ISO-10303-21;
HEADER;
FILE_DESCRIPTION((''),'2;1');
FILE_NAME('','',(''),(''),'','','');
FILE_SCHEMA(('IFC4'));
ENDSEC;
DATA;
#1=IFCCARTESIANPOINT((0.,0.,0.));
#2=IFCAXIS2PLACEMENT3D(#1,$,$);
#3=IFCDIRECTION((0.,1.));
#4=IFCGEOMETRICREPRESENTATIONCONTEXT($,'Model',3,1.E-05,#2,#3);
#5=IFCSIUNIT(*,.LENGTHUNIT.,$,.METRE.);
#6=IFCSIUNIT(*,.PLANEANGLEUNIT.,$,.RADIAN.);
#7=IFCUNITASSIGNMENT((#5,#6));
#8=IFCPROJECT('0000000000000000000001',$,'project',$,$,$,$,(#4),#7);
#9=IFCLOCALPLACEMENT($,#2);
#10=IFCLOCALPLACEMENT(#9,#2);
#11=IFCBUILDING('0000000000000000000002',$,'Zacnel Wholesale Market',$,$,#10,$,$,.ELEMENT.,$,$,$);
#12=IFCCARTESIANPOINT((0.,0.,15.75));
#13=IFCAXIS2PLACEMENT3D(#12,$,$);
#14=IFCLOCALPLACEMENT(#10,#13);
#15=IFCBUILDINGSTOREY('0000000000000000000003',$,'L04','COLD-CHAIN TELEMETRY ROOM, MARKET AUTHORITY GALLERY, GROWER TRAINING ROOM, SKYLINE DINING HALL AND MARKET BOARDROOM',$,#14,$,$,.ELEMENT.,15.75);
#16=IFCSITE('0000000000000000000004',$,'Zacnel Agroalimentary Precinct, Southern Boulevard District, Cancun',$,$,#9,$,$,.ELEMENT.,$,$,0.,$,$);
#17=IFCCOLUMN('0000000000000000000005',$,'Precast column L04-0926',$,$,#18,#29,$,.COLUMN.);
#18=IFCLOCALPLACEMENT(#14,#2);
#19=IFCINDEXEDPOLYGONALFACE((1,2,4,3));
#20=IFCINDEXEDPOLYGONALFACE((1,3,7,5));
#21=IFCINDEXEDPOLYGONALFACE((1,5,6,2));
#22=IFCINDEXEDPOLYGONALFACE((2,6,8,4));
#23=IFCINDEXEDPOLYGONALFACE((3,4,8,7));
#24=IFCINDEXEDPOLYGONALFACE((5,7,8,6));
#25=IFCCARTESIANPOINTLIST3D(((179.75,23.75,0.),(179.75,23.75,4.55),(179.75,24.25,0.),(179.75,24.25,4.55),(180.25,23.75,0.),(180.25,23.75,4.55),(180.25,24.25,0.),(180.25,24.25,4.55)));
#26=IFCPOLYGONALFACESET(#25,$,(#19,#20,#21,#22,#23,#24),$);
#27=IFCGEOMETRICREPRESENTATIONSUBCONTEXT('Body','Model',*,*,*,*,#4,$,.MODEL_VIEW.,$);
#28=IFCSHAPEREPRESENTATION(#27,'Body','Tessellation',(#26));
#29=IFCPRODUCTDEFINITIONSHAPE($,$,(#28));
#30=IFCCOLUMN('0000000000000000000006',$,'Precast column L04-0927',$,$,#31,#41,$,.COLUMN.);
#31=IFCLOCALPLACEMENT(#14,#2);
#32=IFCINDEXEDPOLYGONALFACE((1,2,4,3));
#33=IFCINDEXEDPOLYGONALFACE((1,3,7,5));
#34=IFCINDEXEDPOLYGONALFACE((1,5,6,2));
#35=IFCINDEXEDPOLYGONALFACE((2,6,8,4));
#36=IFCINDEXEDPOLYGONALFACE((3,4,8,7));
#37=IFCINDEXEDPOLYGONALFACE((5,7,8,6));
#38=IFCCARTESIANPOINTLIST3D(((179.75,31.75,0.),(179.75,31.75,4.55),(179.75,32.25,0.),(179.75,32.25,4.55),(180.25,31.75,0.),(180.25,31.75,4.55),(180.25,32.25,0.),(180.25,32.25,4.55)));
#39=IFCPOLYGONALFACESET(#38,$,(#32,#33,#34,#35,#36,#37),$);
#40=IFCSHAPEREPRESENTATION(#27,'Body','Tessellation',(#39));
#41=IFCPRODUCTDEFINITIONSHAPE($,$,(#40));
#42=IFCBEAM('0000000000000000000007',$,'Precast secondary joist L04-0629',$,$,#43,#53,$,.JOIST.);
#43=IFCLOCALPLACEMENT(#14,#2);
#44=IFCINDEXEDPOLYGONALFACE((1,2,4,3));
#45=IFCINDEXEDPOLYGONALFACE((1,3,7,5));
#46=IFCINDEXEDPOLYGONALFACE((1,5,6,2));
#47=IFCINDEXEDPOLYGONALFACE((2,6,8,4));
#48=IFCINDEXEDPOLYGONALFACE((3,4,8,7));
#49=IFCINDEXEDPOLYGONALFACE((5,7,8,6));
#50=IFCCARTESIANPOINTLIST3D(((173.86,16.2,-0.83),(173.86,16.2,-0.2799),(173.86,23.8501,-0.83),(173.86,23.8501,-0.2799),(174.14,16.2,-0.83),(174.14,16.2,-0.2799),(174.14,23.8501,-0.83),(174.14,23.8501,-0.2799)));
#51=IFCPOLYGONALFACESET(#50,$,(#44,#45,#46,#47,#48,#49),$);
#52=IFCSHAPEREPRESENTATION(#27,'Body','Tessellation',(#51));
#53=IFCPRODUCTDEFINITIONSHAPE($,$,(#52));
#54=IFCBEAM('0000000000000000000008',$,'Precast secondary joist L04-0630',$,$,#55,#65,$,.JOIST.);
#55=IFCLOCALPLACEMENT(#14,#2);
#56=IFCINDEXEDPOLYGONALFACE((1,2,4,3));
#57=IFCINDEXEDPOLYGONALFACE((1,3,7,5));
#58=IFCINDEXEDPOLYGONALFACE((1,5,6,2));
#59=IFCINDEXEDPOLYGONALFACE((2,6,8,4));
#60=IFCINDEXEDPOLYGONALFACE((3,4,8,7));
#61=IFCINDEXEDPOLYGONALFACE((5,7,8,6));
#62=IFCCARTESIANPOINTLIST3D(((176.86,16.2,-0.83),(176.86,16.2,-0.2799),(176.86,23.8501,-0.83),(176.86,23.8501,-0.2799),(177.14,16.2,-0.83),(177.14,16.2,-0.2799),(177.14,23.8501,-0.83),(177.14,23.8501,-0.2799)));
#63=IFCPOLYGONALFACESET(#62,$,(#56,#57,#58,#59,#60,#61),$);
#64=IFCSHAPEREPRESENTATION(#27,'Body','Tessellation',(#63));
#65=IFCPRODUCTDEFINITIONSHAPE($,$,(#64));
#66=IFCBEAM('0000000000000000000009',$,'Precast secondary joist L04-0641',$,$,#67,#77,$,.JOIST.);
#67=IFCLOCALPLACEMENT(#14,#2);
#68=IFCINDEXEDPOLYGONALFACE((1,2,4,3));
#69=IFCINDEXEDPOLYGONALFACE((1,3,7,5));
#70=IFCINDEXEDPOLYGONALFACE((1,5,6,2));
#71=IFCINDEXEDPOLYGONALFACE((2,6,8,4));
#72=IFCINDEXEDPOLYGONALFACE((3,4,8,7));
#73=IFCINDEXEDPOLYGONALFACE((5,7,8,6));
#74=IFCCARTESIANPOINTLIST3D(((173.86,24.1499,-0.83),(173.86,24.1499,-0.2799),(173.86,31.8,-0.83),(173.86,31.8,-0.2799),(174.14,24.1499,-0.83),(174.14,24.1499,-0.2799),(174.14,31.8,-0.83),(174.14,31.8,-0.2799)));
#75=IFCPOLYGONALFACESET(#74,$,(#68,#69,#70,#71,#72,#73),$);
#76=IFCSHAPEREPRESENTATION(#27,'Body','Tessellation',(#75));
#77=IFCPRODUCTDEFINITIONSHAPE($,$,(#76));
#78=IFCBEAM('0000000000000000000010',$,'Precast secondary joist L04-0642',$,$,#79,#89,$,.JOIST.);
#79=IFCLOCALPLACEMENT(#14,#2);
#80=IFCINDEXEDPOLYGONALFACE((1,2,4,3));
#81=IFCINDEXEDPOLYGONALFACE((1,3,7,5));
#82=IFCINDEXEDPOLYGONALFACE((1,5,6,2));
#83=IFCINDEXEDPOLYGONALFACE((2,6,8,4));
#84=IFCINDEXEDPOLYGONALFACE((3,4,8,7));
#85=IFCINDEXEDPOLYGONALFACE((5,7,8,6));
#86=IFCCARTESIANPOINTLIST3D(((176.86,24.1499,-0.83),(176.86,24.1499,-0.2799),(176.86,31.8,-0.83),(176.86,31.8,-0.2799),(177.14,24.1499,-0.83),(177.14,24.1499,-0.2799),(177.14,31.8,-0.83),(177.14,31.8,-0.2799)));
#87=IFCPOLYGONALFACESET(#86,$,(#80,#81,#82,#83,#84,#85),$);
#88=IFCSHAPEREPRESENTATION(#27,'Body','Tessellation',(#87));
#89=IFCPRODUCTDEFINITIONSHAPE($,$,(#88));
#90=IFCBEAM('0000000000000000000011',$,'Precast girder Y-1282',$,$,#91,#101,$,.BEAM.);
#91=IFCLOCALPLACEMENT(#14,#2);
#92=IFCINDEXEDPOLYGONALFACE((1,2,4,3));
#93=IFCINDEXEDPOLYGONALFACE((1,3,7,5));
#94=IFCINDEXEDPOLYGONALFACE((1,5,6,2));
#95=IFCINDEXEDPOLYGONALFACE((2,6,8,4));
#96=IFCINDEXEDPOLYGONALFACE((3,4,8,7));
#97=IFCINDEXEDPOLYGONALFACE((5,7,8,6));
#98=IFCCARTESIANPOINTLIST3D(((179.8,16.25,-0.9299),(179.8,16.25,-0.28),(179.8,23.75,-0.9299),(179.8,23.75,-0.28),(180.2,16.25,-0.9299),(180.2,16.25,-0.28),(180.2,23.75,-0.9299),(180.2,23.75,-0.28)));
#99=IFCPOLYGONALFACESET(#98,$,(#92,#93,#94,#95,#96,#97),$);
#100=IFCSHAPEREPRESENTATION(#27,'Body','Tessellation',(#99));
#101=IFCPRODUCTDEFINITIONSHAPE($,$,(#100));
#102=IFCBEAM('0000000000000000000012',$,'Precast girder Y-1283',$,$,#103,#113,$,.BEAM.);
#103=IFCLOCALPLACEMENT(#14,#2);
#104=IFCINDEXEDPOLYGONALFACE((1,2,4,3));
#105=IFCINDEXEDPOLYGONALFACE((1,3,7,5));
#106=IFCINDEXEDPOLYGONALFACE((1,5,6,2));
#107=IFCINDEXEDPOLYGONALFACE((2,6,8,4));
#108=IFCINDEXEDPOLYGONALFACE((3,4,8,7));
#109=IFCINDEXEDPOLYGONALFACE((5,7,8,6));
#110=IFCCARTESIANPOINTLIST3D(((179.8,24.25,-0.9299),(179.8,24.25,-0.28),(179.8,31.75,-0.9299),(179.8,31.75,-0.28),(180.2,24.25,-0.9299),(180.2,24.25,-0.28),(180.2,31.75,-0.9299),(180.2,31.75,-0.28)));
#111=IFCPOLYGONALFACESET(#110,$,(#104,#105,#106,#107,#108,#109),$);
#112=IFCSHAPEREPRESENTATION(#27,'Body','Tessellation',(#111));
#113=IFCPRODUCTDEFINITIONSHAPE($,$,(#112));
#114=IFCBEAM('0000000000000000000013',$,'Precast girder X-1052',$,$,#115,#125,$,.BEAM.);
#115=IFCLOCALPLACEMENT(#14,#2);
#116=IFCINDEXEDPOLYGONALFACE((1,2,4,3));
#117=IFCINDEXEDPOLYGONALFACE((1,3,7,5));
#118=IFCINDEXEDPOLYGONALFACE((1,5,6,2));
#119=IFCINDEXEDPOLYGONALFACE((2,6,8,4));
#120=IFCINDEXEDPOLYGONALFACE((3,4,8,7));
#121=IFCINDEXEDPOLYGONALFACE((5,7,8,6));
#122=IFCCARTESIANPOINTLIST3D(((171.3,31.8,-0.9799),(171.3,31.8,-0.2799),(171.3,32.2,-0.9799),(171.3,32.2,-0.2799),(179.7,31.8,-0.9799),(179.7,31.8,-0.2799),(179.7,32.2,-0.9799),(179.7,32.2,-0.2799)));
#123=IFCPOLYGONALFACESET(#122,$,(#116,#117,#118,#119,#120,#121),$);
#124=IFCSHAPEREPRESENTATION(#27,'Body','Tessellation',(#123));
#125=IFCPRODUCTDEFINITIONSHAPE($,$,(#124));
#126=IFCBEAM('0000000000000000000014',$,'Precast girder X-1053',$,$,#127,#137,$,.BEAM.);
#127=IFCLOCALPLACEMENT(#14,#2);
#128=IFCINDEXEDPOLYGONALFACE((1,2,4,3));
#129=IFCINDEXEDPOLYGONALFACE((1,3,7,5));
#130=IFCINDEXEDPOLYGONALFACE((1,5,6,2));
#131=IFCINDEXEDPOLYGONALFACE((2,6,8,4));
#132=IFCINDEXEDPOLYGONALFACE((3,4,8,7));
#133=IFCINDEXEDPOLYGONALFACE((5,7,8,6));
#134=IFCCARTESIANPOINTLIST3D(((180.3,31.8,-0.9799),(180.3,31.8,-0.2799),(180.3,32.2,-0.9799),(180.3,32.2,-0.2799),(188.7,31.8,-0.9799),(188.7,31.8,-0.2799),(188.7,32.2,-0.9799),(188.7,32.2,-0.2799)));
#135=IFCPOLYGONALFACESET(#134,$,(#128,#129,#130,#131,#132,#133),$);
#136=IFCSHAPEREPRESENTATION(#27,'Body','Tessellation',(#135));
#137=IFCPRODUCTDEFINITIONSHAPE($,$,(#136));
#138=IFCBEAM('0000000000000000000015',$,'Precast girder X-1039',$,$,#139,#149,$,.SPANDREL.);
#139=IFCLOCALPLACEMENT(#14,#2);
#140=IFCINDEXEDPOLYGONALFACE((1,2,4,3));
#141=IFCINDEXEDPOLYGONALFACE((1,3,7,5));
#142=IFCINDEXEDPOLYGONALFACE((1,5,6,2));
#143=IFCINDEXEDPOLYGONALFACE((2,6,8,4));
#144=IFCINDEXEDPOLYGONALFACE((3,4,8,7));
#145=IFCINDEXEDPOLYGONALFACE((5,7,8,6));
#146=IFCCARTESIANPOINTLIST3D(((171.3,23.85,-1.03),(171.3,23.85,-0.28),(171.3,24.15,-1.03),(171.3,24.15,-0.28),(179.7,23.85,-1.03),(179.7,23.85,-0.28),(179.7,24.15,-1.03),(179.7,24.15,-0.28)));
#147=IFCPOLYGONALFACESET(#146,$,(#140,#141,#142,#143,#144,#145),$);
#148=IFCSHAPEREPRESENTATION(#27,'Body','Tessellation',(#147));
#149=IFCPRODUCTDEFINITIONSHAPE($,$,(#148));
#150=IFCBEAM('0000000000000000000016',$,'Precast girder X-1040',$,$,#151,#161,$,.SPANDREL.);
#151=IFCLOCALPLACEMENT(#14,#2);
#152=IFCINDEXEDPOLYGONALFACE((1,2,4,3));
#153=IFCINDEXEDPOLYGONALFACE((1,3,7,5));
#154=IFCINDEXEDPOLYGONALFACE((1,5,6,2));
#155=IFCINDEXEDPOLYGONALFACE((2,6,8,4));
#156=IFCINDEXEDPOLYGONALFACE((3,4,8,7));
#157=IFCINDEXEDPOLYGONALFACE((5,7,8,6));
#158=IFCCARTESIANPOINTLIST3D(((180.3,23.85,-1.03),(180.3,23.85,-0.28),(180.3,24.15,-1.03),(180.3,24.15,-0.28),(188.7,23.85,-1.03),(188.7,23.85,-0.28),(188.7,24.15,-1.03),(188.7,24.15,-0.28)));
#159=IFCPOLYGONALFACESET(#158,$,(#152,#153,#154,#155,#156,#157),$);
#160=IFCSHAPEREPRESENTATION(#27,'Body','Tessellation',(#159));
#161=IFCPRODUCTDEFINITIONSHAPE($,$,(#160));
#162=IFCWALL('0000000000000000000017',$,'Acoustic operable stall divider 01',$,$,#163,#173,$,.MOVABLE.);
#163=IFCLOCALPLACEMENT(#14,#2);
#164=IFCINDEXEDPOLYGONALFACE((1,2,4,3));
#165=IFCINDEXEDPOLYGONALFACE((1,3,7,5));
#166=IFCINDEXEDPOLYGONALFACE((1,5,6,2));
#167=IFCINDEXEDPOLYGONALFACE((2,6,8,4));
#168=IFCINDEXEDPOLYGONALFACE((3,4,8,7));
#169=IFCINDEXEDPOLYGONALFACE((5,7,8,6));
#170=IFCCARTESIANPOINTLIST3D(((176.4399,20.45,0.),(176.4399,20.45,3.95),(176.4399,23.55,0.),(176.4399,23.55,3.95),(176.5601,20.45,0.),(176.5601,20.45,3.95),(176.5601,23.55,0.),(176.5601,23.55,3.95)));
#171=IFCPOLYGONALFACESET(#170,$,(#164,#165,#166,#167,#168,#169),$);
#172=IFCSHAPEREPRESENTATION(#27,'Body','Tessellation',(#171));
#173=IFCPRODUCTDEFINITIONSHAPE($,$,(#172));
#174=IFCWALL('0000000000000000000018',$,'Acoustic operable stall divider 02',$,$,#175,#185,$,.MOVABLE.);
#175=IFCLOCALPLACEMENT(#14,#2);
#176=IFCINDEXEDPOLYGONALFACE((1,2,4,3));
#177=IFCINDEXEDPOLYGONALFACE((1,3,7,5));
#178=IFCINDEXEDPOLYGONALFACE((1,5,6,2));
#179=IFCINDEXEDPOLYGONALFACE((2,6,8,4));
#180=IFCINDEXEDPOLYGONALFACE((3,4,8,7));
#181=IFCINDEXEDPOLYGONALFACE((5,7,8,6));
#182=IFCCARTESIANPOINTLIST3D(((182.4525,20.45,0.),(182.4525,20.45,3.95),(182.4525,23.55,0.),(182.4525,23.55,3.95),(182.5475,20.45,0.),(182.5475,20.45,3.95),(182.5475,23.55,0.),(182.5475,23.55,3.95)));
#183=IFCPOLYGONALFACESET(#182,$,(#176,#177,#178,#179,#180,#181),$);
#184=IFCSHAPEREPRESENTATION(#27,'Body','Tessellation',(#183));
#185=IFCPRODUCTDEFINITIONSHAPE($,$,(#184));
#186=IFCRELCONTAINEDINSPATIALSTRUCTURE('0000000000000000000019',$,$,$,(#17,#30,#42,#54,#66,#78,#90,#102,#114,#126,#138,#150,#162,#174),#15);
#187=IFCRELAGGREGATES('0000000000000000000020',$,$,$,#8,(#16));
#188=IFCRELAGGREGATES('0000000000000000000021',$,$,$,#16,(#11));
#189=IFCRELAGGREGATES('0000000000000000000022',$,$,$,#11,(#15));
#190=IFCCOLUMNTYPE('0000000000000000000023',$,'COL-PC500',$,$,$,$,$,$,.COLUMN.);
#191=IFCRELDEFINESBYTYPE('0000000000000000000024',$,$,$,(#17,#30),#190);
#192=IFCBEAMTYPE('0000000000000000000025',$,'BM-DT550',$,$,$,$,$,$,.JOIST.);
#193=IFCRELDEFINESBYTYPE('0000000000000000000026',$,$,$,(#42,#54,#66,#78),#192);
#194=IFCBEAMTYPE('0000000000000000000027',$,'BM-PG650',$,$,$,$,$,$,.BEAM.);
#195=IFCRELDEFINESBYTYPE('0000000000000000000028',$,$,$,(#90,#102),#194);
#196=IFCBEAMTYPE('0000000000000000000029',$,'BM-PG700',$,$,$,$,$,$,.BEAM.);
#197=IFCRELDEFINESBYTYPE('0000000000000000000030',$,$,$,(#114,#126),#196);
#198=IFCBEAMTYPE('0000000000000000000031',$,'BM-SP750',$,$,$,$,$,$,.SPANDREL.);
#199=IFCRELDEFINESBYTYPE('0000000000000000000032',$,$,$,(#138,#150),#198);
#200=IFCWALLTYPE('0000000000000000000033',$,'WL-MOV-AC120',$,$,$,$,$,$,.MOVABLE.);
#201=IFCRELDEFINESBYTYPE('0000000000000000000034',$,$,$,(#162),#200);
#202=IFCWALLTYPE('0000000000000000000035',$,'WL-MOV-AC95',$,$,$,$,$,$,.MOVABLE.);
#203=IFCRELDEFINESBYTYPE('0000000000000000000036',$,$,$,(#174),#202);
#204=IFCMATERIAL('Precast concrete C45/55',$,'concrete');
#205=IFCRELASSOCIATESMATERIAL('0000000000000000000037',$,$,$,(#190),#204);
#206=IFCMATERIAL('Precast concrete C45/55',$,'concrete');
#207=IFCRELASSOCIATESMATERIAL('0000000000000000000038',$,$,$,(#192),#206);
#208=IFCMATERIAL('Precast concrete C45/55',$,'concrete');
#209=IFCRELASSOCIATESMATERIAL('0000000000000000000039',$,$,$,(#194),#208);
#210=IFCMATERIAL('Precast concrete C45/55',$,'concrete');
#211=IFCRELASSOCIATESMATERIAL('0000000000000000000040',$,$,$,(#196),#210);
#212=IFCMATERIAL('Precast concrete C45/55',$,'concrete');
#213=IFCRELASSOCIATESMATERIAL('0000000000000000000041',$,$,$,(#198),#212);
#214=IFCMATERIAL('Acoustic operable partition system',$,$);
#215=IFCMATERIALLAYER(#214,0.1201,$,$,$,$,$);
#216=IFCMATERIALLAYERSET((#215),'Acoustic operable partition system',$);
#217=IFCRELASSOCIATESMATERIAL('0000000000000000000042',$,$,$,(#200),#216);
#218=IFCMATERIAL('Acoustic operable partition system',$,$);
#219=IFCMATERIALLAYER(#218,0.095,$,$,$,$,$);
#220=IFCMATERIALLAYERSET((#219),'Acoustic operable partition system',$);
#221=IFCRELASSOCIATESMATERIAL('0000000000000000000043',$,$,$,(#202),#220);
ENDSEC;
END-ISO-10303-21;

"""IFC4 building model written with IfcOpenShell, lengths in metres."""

from ifc_helpers import new_model, si_unit, direction, frame, frame_2d, origin, origin_2d, place, context, subcontext, project, spatial, rectangle, extrude, material, layer, layer_set, material_profile, profile_set, type_object, element, save


model = new_model("IFC4")

# Units and contexts
model_context = context("Model", 3, precision=1e-05, world=origin(), true_north=direction((0.0, 1.0)))
body_context = subcontext(model_context, "Body", "Model", "MODEL_VIEW")
ifc_project = project(units=[si_unit("LENGTHUNIT", "METRE"), si_unit("PLANEANGLEUNIT", "RADIAN")], contexts=[model_context])

# Site, building, storey
site_placement = place(None, origin())
site = spatial("IfcSite", under=ifc_project, at=site_placement, Name="Zacnel Agroalimentary Precinct, Southern Boulevard District, Cancun", CompositionType="ELEMENT", RefElevation=0.0)
building_placement = place(site_placement, origin())
building = spatial("IfcBuilding", under=site, at=building_placement, Name="Zacnel Wholesale Market", CompositionType="ELEMENT")
storey_placement = place(building_placement, frame((0.0, 0.0, 15.75)))
storey = spatial("IfcBuildingStorey", under=building, at=storey_placement, Name="L04", Description="COLD-CHAIN TELEMETRY ROOM, MARKET AUTHORITY GALLERY, GROWER TRAINING ROOM, SKYLINE DINING HALL AND MARKET BOARDROOM", CompositionType="ELEMENT", Elevation=15.75)

# Columns
ifc_material_1 = material(Name="Precast concrete C45/55", Category="concrete")
ifc_material_profile_1 = material_profile(ifc_material_1, rectangle(XDim=0.5, YDim=0.5, at=origin_2d()), Name="PC 500x500")
ifc_profile_set_1 = profile_set([ifc_material_profile_1], Name="Precast concrete C45/55")
column_type = type_object("IfcColumnType", Name="COL-PC500", PredefinedType="COLUMN", material=ifc_profile_set_1)
for number, where, z_axis, x_axis, name in (
    (1, (180.0, 24.0, 0.0), (0.0, 0.0, 1.0), (1.0, 0.0, 0.0), "Precast column L04-0926"),
    (2, (180.0, 32.0, 0.0), (0.0, 0.0, 1.0), (1.0, 0.0, 0.0), "Precast column L04-0927"),
):
    element("IfcColumn", number, at=place(storey_placement, frame(where, z_axis=z_axis, x_axis=x_axis)), inside=storey, type_object=column_type, Name=name, PredefinedType="COLUMN", context=body_context, shape_type="SweptSolid", body=[
        extrude(rectangle(XDim=0.5, YDim=0.5, at=origin_2d()), origin(), (0.0, 0.0, 1.0), 4.55),
    ])

# Beams
ifc_material_2 = material(Name="Precast concrete C45/55", Category="concrete")
ifc_material_profile_2 = material_profile(ifc_material_2, rectangle(XDim=0.28, YDim=0.55, at=origin_2d()), Name="DT RIB 280x550")
ifc_profile_set_2 = profile_set([ifc_material_profile_2], Name="Precast concrete C45/55")
beam_type_1 = type_object("IfcBeamType", Name="BM-DT550", PredefinedType="JOIST", material=ifc_profile_set_2)
for number, where, z_axis, x_axis, name in (
    (3, (174.0, 16.2, -0.5549), (0.0, 1.0, 0.0), (-1.0, 0.0, 0.0), "Precast secondary joist L04-0629"),
    (4, (177.0, 16.2, -0.5549), (0.0, 1.0, 0.0), (-1.0, 0.0, 0.0), "Precast secondary joist L04-0630"),
    (5, (174.0, 24.1499, -0.5549), (0.0, 1.0, 0.0), (-1.0, 0.0, 0.0), "Precast secondary joist L04-0641"),
    (6, (177.0, 24.1499, -0.5549), (0.0, 1.0, 0.0), (-1.0, 0.0, 0.0), "Precast secondary joist L04-0642"),
):
    element("IfcBeam", number, at=place(storey_placement, frame(where, z_axis=z_axis, x_axis=x_axis)), inside=storey, type_object=beam_type_1, Name=name, PredefinedType="JOIST", context=body_context, shape_type="SweptSolid", body=[
        extrude(rectangle(XDim=0.28, YDim=0.55, at=origin_2d()), origin(), (0.0, 0.0, 1.0), 7.6501),
    ])
ifc_material_3 = material(Name="Precast concrete C45/55", Category="concrete")
ifc_material_profile_3 = material_profile(ifc_material_3, rectangle(XDim=0.3999, YDim=0.6499, at=origin_2d()), Name="PG 400x650")
ifc_profile_set_3 = profile_set([ifc_material_profile_3], Name="Precast concrete C45/55")
beam_type_2 = type_object("IfcBeamType", Name="BM-PG650", PredefinedType="BEAM", material=ifc_profile_set_3)
for number, where, z_axis, x_axis, name in (
    (7, (180.0, 16.25, -0.605), (0.0, 1.0, 0.0), (-1.0, 0.0, 0.0), "Precast girder Y-1282"),
    (8, (180.0, 24.25, -0.605), (0.0, 1.0, 0.0), (-1.0, 0.0, 0.0), "Precast girder Y-1283"),
):
    element("IfcBeam", number, at=place(storey_placement, frame(where, z_axis=z_axis, x_axis=x_axis)), inside=storey, type_object=beam_type_2, Name=name, PredefinedType="BEAM", context=body_context, shape_type="SweptSolid", body=[
        extrude(rectangle(XDim=0.3999, YDim=0.6499, at=origin_2d()), origin(), (0.0, 0.0, 1.0), 7.5),
    ])
ifc_material_4 = material(Name="Precast concrete C45/55", Category="concrete")
ifc_material_profile_4 = material_profile(ifc_material_4, rectangle(XDim=0.3999, YDim=0.7, at=origin_2d()), Name="PG 400x700")
ifc_profile_set_4 = profile_set([ifc_material_profile_4], Name="Precast concrete C45/55")
beam_type_3 = type_object("IfcBeamType", Name="BM-PG700", PredefinedType="BEAM", material=ifc_profile_set_4)
for number, where, z_axis, x_axis, name in (
    (9, (171.3, 32.0, -0.6299), (1.0, 0.0, 0.0), (0.0, 1.0, 0.0), "Precast girder X-1052"),
    (10, (180.3, 32.0, -0.6299), (1.0, 0.0, 0.0), (0.0, 1.0, 0.0), "Precast girder X-1053"),
):
    element("IfcBeam", number, at=place(storey_placement, frame(where, z_axis=z_axis, x_axis=x_axis)), inside=storey, type_object=beam_type_3, Name=name, PredefinedType="BEAM", context=body_context, shape_type="SweptSolid", body=[
        extrude(rectangle(XDim=0.3999, YDim=0.7, at=origin_2d()), origin(), (0.0, 0.0, 1.0), 8.3999),
    ])
ifc_material_5 = material(Name="Precast concrete C45/55", Category="concrete")
ifc_material_profile_5 = material_profile(ifc_material_5, rectangle(XDim=0.3, YDim=0.75, at=origin_2d()), Name="SP 300x750")
ifc_profile_set_5 = profile_set([ifc_material_profile_5], Name="Precast concrete C45/55")
beam_type_4 = type_object("IfcBeamType", Name="BM-SP750", PredefinedType="SPANDREL", material=ifc_profile_set_5)
for number, where, z_axis, x_axis, name in (
    (11, (171.3, 24.0, -0.655), (1.0, 0.0, 0.0), (0.0, 1.0, 0.0), "Precast girder X-1039"),
    (12, (180.3, 24.0, -0.655), (1.0, 0.0, 0.0), (0.0, 1.0, 0.0), "Precast girder X-1040"),
):
    element("IfcBeam", number, at=place(storey_placement, frame(where, z_axis=z_axis, x_axis=x_axis)), inside=storey, type_object=beam_type_4, Name=name, PredefinedType="SPANDREL", context=body_context, shape_type="SweptSolid", body=[
        extrude(rectangle(XDim=0.3, YDim=0.75, at=origin_2d()), origin(), (0.0, 0.0, 1.0), 8.3999),
    ])

# Walls
ifc_material_6 = material(Name="Acoustic operable partition system")
ifc_layer_1 = layer(ifc_material_6, 0.1201)
ifc_layer_set_1 = layer_set([ifc_layer_1], Name="Acoustic operable partition system")
wall_type_1 = type_object("IfcWallType", Name="WL-MOV-AC120", PredefinedType="MOVABLE", material=ifc_layer_set_1)
wall_1_placement = place(storey_placement, frame((176.5, 20.45, 0.0), z_axis=(0.0, 0.0, 1.0), x_axis=(0.0, 1.0, 0.0)))
element("IfcWall", 13, at=wall_1_placement, inside=storey, type_object=wall_type_1, Name="Acoustic operable stall divider 01", PredefinedType="MOVABLE", context=body_context, shape_type="SweptSolid", body=[
    extrude(rectangle(XDim=3.1001, YDim=0.1201, at=frame_2d((1.55, 0.0))), origin(), (0.0, 0.0, 1.0), 3.95),
])
ifc_material_7 = material(Name="Acoustic operable partition system")
ifc_layer_2 = layer(ifc_material_7, 0.095)
ifc_layer_set_2 = layer_set([ifc_layer_2], Name="Acoustic operable partition system")
wall_type_2 = type_object("IfcWallType", Name="WL-MOV-AC95", PredefinedType="MOVABLE", material=ifc_layer_set_2)
wall_2_placement = place(storey_placement, frame((182.5, 20.45, 0.0), z_axis=(0.0, 0.0, 1.0), x_axis=(0.0, 1.0, 0.0)))
element("IfcWall", 14, at=wall_2_placement, inside=storey, type_object=wall_type_2, Name="Acoustic operable stall divider 02", PredefinedType="MOVABLE", context=body_context, shape_type="SweptSolid", body=[
    extrude(rectangle(XDim=3.1001, YDim=0.095, at=frame_2d((1.55, 0.0))), origin(), (0.0, 0.0, 1.0), 3.95),
])

save(model, "model.ifc")
